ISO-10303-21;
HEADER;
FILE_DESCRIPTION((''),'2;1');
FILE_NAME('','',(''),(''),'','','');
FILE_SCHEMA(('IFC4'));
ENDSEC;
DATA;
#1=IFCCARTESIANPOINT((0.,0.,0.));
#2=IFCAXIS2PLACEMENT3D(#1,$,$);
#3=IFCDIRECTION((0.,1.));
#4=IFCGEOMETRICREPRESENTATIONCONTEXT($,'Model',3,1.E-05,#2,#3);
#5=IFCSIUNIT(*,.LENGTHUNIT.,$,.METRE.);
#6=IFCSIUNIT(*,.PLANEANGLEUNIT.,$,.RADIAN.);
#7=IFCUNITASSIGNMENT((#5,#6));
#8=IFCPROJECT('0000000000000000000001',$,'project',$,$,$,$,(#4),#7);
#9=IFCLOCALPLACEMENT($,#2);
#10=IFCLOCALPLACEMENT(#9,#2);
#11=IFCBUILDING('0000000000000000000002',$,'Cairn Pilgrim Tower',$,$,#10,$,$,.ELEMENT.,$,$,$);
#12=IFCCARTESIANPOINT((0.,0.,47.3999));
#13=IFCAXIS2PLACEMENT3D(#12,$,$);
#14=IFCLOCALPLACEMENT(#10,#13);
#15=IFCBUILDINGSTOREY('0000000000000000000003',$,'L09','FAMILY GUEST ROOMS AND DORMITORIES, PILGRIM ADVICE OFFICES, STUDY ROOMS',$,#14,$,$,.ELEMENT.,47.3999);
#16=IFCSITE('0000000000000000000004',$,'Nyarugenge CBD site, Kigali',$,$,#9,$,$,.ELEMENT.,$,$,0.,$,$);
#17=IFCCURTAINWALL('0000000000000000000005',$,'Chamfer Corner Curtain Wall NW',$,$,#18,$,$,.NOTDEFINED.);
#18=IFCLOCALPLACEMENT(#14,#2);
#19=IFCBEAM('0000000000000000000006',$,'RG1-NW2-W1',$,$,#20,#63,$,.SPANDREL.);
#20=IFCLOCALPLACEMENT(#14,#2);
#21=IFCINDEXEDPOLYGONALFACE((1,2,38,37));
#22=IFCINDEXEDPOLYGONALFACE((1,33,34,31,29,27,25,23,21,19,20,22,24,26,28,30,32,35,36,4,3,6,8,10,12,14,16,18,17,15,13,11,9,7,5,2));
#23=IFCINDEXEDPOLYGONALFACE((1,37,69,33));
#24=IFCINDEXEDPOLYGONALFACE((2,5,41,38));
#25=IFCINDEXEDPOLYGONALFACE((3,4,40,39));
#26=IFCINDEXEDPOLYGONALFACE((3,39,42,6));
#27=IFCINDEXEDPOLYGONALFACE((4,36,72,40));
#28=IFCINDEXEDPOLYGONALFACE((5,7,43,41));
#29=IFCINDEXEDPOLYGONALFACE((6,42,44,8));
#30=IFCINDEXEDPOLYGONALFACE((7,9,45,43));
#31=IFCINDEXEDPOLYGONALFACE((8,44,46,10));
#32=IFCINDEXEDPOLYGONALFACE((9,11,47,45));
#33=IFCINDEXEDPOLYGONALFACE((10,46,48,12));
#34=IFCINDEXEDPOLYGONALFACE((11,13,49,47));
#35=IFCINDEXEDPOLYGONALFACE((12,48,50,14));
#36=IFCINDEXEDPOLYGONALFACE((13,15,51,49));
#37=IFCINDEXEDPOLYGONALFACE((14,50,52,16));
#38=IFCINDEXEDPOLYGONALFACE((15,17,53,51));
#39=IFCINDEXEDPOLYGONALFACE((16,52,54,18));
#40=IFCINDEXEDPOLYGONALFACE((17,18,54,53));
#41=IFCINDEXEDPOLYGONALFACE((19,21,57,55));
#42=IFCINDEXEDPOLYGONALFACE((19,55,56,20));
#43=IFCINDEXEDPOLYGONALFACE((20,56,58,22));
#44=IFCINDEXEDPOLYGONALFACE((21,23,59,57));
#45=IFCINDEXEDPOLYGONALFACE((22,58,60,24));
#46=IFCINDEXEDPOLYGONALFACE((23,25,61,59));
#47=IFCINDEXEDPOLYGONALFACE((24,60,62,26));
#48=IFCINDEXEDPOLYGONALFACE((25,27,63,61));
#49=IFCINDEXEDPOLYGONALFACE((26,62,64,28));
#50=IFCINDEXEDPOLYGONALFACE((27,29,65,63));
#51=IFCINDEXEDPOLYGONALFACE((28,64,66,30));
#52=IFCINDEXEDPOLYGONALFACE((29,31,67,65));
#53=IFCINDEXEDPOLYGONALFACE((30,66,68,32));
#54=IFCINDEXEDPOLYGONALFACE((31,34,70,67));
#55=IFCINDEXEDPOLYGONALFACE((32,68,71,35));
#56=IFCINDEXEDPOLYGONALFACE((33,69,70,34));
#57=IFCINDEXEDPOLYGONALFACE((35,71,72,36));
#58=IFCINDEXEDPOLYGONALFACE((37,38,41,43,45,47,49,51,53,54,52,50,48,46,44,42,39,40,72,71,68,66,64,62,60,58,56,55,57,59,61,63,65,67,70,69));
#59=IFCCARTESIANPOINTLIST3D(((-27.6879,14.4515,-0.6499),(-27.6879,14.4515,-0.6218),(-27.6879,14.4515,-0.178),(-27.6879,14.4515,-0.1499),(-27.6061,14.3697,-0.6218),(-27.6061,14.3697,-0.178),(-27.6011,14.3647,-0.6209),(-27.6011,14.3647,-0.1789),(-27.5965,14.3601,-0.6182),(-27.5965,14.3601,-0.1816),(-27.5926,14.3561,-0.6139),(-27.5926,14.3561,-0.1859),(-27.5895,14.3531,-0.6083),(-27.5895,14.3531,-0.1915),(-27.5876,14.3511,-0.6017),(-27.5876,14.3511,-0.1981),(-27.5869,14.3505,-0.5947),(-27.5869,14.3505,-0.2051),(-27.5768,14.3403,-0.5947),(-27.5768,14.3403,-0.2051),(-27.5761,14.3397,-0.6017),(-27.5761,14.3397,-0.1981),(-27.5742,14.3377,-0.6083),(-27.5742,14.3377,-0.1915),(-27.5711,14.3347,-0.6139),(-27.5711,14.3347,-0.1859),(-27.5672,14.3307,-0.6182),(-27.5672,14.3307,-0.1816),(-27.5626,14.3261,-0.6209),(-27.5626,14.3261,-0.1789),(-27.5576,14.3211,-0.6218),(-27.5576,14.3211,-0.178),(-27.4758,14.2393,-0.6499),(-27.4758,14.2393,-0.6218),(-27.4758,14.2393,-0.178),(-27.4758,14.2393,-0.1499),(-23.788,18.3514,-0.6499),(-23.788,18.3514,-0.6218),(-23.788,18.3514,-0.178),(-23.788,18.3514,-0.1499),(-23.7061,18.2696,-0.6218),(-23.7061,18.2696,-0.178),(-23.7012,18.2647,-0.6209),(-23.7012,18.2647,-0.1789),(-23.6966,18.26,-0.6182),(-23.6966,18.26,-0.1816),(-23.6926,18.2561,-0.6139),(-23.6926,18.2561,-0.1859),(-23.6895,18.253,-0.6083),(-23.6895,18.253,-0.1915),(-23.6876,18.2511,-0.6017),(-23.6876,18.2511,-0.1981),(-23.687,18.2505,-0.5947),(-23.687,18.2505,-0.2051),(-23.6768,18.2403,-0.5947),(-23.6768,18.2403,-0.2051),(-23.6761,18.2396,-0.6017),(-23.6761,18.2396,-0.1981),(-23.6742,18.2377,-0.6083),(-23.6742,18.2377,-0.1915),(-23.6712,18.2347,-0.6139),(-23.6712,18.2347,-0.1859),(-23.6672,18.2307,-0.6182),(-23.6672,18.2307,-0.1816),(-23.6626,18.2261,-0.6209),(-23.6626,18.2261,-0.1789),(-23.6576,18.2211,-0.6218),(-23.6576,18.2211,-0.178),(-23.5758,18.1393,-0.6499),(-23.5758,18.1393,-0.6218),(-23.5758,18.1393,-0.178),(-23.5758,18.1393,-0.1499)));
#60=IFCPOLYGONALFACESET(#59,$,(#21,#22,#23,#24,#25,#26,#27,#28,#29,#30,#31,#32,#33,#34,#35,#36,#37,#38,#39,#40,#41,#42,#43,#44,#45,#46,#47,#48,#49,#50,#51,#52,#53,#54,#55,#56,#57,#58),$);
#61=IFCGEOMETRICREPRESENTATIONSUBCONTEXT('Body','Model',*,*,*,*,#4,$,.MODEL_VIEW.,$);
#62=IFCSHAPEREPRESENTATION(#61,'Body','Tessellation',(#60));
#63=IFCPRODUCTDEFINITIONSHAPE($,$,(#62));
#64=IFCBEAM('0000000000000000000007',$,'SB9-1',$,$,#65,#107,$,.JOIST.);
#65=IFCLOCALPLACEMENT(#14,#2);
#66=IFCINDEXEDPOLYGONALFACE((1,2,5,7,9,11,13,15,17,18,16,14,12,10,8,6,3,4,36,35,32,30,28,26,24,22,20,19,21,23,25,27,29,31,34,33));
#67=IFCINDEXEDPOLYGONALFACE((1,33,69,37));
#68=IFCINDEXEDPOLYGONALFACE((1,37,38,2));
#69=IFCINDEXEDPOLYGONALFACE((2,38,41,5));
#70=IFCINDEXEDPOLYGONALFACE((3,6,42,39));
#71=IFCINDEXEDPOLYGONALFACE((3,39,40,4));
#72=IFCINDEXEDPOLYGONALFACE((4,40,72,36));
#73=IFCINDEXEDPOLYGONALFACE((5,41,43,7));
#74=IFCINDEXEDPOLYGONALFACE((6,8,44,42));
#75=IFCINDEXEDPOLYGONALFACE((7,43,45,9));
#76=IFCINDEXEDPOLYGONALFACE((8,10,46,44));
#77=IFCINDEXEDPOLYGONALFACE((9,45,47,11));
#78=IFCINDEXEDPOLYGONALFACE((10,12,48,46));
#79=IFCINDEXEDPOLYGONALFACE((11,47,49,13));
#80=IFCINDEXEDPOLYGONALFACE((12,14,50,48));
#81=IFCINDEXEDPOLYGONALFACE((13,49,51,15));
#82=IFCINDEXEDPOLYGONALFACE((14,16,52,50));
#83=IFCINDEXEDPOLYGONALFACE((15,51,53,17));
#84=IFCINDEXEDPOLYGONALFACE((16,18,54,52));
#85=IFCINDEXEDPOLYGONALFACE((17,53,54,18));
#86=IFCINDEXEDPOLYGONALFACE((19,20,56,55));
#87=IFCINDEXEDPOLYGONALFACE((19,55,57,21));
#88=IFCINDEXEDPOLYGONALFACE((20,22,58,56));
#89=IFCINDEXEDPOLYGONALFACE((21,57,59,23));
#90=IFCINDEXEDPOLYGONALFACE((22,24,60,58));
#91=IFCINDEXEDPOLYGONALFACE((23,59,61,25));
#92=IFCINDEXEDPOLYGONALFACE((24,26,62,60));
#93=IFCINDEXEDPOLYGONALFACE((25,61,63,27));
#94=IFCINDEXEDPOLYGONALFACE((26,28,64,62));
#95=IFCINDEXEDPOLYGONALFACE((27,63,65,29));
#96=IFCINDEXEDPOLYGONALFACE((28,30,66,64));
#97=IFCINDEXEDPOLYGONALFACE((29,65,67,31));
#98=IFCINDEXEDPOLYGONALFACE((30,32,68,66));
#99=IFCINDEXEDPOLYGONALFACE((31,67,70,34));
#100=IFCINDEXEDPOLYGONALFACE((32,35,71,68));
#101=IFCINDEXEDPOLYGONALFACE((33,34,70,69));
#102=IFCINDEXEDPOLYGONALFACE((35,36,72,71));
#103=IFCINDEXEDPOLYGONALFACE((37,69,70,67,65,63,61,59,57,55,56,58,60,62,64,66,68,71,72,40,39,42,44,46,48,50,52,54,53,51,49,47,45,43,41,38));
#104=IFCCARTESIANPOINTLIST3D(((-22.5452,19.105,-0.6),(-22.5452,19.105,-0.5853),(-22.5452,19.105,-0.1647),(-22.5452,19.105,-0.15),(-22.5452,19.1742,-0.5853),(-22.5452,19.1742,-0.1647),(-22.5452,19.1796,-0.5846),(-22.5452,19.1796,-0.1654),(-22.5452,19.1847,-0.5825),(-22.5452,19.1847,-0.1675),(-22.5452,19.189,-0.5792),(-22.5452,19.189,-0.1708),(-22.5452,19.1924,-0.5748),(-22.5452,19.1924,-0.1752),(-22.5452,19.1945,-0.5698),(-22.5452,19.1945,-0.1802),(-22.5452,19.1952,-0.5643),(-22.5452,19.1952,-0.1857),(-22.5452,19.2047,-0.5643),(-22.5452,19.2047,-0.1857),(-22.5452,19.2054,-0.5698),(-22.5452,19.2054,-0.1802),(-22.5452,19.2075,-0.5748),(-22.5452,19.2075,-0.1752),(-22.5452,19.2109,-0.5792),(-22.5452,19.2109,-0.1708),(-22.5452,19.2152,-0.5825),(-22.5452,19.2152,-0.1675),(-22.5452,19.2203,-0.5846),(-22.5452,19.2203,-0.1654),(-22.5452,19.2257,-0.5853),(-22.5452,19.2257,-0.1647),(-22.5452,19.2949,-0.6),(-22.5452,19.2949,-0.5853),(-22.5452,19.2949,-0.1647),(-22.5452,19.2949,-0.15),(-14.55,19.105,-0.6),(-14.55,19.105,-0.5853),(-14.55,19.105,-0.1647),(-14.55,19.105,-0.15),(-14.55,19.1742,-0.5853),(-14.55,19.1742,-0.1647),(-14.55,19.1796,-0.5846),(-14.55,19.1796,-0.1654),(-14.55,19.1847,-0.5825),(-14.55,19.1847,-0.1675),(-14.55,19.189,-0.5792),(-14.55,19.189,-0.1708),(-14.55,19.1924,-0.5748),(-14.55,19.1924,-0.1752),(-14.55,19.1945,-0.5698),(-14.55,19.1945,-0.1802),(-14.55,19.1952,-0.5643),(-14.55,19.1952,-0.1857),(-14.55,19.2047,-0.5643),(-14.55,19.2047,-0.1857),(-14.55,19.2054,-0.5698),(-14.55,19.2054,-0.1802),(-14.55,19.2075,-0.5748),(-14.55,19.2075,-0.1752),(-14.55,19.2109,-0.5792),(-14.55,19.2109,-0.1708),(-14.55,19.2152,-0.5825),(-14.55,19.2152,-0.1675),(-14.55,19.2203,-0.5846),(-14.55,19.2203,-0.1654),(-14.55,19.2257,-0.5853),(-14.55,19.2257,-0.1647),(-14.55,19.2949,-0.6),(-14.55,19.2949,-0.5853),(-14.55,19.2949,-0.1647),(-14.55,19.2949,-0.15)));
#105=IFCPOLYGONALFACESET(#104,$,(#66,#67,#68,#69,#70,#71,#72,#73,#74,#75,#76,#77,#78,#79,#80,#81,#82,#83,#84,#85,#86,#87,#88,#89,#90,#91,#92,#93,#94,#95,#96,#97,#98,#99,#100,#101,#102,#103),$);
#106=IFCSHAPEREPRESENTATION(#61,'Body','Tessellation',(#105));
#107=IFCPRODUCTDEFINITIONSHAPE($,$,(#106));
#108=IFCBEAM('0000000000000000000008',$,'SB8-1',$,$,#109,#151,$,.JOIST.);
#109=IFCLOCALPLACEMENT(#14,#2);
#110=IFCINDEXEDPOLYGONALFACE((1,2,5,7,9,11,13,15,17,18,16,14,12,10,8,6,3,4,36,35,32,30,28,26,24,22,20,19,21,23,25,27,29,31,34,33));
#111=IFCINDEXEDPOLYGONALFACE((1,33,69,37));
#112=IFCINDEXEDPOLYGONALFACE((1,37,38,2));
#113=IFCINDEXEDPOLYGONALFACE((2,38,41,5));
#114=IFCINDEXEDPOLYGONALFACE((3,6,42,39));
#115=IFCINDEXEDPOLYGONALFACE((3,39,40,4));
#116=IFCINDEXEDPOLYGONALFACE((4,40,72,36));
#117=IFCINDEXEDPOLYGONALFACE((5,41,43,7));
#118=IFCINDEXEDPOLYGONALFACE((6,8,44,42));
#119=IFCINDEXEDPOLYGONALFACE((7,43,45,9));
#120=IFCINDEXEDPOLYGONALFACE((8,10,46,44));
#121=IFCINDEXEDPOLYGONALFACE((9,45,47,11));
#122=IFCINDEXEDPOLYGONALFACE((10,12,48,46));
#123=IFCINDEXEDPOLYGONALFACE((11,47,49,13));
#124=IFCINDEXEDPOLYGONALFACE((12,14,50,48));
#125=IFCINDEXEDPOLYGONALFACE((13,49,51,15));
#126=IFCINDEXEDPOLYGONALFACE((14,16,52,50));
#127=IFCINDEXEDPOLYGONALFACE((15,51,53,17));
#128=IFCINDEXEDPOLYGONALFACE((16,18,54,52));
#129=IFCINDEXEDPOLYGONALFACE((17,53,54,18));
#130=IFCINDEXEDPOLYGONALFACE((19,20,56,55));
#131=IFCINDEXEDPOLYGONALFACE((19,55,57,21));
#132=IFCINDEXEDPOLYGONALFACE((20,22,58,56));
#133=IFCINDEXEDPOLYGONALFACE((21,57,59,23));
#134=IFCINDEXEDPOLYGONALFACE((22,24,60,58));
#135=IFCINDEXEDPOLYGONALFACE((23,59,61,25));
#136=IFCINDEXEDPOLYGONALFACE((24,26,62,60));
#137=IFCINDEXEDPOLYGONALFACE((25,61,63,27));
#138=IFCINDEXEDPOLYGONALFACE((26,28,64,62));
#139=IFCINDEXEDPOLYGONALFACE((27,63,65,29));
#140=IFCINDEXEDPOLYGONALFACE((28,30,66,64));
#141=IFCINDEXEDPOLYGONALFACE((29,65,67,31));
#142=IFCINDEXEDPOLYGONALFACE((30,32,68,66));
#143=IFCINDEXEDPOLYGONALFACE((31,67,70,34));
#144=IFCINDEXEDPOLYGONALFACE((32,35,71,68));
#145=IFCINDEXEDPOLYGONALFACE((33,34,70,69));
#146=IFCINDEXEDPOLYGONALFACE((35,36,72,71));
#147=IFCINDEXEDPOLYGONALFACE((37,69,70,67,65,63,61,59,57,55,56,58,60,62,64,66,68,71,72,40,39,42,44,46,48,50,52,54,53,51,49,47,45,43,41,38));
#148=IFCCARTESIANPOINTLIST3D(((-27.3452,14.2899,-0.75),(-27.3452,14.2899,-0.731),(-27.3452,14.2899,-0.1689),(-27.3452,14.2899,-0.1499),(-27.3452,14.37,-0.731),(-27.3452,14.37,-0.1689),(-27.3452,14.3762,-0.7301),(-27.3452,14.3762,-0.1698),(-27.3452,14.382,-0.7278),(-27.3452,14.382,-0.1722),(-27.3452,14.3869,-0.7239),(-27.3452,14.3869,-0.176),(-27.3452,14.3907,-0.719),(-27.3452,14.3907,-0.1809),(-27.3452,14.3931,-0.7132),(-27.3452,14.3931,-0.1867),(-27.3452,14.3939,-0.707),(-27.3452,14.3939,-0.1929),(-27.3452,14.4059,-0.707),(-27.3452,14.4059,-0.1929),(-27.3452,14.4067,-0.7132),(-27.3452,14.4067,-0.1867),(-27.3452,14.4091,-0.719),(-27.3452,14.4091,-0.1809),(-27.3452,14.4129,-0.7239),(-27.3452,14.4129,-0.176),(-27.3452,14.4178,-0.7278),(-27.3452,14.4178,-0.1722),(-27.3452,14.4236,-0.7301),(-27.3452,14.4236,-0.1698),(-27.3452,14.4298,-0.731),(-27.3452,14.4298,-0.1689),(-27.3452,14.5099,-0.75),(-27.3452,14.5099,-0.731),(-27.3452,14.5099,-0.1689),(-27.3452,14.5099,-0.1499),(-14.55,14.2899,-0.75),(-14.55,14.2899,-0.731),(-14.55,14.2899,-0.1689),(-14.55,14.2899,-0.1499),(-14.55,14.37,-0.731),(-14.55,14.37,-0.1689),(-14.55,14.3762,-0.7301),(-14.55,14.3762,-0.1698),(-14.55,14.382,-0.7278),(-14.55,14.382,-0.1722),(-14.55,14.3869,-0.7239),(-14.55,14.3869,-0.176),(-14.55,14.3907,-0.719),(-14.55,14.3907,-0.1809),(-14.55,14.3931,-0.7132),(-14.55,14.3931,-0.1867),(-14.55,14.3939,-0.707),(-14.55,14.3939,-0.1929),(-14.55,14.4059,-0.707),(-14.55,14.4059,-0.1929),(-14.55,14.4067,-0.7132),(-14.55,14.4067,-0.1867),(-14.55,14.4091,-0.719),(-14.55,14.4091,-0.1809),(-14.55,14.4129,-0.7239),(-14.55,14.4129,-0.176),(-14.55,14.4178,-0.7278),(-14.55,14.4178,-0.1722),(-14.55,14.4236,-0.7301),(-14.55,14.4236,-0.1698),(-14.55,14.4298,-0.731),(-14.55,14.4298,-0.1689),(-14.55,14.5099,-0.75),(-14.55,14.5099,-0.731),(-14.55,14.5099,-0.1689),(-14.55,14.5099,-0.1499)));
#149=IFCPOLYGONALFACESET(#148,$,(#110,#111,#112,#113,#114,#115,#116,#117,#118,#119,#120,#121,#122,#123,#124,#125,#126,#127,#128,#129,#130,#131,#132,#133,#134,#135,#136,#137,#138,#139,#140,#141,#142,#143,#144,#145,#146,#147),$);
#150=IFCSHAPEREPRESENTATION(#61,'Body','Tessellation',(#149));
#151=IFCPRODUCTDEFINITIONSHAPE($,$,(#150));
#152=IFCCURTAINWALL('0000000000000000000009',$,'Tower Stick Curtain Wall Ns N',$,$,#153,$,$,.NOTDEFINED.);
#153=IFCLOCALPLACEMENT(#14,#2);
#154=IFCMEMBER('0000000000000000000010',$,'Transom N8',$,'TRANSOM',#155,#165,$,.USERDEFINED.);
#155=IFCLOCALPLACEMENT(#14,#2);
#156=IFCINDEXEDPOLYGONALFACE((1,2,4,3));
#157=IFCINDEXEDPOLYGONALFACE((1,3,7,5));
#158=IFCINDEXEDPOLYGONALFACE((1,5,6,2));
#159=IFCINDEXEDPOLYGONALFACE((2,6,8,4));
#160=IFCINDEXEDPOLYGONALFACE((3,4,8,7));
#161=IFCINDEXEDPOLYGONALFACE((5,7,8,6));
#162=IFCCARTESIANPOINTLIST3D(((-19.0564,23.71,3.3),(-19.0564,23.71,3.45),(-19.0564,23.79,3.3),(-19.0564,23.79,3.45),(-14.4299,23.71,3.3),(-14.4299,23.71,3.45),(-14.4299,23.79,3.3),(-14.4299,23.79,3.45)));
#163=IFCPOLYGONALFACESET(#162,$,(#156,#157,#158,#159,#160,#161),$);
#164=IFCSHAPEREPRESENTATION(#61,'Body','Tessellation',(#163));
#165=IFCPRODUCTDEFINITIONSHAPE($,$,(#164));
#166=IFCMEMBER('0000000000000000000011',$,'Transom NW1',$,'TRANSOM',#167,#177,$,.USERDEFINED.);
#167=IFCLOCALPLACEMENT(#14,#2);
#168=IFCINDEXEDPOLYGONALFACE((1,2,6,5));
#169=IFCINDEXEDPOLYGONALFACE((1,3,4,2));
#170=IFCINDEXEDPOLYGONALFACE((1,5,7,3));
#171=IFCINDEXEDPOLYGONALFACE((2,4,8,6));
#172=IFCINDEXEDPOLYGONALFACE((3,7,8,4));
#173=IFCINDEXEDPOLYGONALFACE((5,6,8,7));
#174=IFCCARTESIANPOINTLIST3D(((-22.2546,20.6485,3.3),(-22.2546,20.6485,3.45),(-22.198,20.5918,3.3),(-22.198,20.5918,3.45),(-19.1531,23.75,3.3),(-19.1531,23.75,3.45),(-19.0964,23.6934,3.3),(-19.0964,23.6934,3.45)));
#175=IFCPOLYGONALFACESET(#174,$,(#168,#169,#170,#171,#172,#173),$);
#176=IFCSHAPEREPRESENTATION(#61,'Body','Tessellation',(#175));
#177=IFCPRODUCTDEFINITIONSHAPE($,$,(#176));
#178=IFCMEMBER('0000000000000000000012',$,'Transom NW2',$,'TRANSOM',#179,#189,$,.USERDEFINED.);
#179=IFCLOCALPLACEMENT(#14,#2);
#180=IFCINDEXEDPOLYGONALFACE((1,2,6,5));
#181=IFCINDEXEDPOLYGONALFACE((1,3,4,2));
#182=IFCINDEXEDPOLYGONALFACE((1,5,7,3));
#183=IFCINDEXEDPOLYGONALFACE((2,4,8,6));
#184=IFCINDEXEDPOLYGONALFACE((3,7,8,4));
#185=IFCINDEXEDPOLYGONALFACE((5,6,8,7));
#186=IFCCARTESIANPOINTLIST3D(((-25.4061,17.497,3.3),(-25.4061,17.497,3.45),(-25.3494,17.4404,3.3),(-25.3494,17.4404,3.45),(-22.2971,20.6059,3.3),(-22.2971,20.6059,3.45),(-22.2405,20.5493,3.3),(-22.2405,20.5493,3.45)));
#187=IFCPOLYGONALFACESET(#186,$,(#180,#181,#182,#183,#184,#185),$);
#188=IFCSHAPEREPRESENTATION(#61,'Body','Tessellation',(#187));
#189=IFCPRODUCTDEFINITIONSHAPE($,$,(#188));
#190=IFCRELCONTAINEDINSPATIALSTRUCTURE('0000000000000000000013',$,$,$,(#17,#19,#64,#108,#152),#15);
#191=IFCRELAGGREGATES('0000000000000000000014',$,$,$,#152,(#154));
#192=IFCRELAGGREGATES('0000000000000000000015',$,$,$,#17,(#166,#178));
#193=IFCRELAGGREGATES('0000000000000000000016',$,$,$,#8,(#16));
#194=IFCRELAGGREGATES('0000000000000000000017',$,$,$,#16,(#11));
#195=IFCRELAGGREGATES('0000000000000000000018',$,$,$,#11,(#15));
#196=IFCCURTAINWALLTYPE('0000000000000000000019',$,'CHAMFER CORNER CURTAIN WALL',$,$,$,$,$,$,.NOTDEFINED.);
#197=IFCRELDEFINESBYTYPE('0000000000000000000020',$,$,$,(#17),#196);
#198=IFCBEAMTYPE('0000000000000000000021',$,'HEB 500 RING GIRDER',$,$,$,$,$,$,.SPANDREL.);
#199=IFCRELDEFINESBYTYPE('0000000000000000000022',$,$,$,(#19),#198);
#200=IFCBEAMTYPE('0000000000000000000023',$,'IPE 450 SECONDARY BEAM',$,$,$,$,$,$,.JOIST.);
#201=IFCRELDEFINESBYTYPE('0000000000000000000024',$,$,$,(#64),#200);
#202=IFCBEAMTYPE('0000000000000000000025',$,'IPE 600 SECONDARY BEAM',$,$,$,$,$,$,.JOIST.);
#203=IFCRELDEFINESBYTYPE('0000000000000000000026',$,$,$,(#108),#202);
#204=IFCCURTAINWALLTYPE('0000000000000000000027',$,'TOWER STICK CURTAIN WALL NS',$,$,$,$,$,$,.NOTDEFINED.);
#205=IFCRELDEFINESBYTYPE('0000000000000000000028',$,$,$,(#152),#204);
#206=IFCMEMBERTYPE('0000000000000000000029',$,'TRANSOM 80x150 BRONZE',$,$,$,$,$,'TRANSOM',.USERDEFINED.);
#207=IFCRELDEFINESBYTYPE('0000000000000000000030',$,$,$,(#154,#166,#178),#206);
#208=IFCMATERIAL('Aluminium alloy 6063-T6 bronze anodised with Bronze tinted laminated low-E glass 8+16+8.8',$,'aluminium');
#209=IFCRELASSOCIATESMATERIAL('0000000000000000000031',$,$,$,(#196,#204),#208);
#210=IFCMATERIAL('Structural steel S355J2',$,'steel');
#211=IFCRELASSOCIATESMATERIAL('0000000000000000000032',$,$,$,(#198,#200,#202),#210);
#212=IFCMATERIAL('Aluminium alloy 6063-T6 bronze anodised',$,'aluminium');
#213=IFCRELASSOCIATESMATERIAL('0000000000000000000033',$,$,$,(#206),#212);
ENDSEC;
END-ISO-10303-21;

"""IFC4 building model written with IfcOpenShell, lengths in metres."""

from ifc_helpers import new_model, si_unit, direction, frame, origin, origin_2d, place, context, subcontext, project, spatial, rectangle, i_section, extrude, material, material_profile, profile_set, type_object, element, aggregate, save


model = new_model("IFC4")

# Units and contexts
model_context = context("Model", 3, precision=1e-05, world=origin(), true_north=direction((0.0, 1.0)))
body_context = subcontext(model_context, "Body", "Model", "MODEL_VIEW")
ifc_project = project(units=[si_unit("LENGTHUNIT", "METRE"), si_unit("PLANEANGLEUNIT", "RADIAN")], contexts=[model_context])

# Site, building, storey
site_placement = place(None, origin())
site = spatial("IfcSite", under=ifc_project, at=site_placement, Name="Nyarugenge CBD site, Kigali", CompositionType="ELEMENT", RefElevation=0.0)
building_placement = place(site_placement, origin())
building = spatial("IfcBuilding", under=site, at=building_placement, Name="Cairn Pilgrim Tower", CompositionType="ELEMENT")
storey_placement = place(building_placement, frame((0.0, 0.0, 47.3999)))
storey = spatial("IfcBuildingStorey", under=building, at=storey_placement, Name="L09", Description="FAMILY GUEST ROOMS AND DORMITORIES, PILGRIM ADVICE OFFICES, STUDY ROOMS", CompositionType="ELEMENT", Elevation=47.3999)

# Shared definitions
ifc_material_1 = material(Name="Structural steel S355J2", Category="steel")

# Curtain wall
ifc_material_2 = material(Name="Aluminium alloy 6063-T6 bronze anodised with Bronze tinted laminated low-E glass 8+16+8.8", Category="aluminium")
curtain_wall_type_1 = type_object("IfcCurtainWallType", Name="CHAMFER CORNER CURTAIN WALL", PredefinedType="NOTDEFINED", material=ifc_material_2)
curtain_wall_1_placement = place(storey_placement, origin())
curtain_wall_1 = element("IfcCurtainWall", 1, at=curtain_wall_1_placement, inside=storey, type_object=curtain_wall_type_1, Name="Chamfer Corner Curtain Wall NW", PredefinedType="NOTDEFINED")
ifc_material_3 = material(Name="Aluminium alloy 6063-T6 bronze anodised", Category="aluminium")

# Beams
ifc_material_profile_1 = material_profile(ifc_material_1, i_section(OverallWidth=0.3, OverallDepth=0.5, WebThickness=0.0144, FlangeThickness=0.0281, FilletRadius=0.0271, at=origin_2d()), Name="HEB 500")
ifc_profile_set_1 = profile_set([ifc_material_profile_1], Name="Structural steel S355J2")
beam_type_1 = type_object("IfcBeamType", Name="HEB 500 RING GIRDER", PredefinedType="SPANDREL", material=ifc_profile_set_1)
beam_1_placement = place(storey_placement, frame((-23.6819, 18.2454, -0.3999), z_axis=(-0.707107, -0.707107, 0.0), x_axis=(0.707107, -0.707107, 0.0)))
element("IfcBeam", 2, at=beam_1_placement, inside=storey, type_object=beam_type_1, Name="RG1-NW2-W1", PredefinedType="SPANDREL", context=body_context, shape_type="SweptSolid", body=[
    extrude(i_section(OverallWidth=0.3, OverallDepth=0.5, WebThickness=0.0144, FlangeThickness=0.0281, FilletRadius=0.0271, at=origin_2d()), origin(), (0.0, 0.0, 1.0), 5.5154),
])
ifc_material_profile_2 = material_profile(ifc_material_1, i_section(OverallWidth=0.1899, OverallDepth=0.45, WebThickness=0.0095, FlangeThickness=0.0146, FilletRadius=0.021, at=origin_2d()), Name="IPE 450")
ifc_profile_set_2 = profile_set([ifc_material_profile_2], Name="Structural steel S355J2")
beam_type_2 = type_object("IfcBeamType", Name="IPE 450 SECONDARY BEAM", PredefinedType="JOIST", material=ifc_profile_set_2)
beam_2_placement = place(storey_placement, frame((-22.5452, 19.2, -0.375), z_axis=(1.0, 0.0, 0.0), x_axis=(0.0, 1.0, 0.0)))
element("IfcBeam", 3, at=beam_2_placement, inside=storey, type_object=beam_type_2, Name="SB9-1", PredefinedType="JOIST", context=body_context, shape_type="SweptSolid", body=[
    extrude(i_section(OverallWidth=0.1899, OverallDepth=0.45, WebThickness=0.0095, FlangeThickness=0.0146, FilletRadius=0.021, at=origin_2d()), origin(), (0.0, 0.0, 1.0), 7.9951),
])
ifc_material_profile_3 = material_profile(ifc_material_1, i_section(OverallWidth=0.22, OverallDepth=0.6001, WebThickness=0.012, FlangeThickness=0.019, FilletRadius=0.0239, at=origin_2d()), Name="IPE 600")
ifc_profile_set_3 = profile_set([ifc_material_profile_3], Name="Structural steel S355J2")
beam_type_3 = type_object("IfcBeamType", Name="IPE 600 SECONDARY BEAM", PredefinedType="JOIST", material=ifc_profile_set_3)
beam_3_placement = place(storey_placement, frame((-27.3452, 14.3999, -0.45), z_axis=(1.0, 0.0, 0.0), x_axis=(0.0, 1.0, 0.0)))
element("IfcBeam", 4, at=beam_3_placement, inside=storey, type_object=beam_type_3, Name="SB8-1", PredefinedType="JOIST", context=body_context, shape_type="SweptSolid", body=[
    extrude(i_section(OverallWidth=0.22, OverallDepth=0.6001, WebThickness=0.012, FlangeThickness=0.019, FilletRadius=0.0239, at=origin_2d()), origin(), (0.0, 0.0, 1.0), 12.7952),
])

# Curtain wall, member
curtain_wall_type_2 = type_object("IfcCurtainWallType", Name="TOWER STICK CURTAIN WALL NS", PredefinedType="NOTDEFINED", material=ifc_material_2)
curtain_wall_2_placement = place(storey_placement, origin())
curtain_wall_2 = element("IfcCurtainWall", 5, at=curtain_wall_2_placement, inside=storey, type_object=curtain_wall_type_2, Name="Tower Stick Curtain Wall Ns N", PredefinedType="NOTDEFINED")
ifc_material_profile_4 = material_profile(ifc_material_3, rectangle(XDim=0.0801, YDim=0.1499, at=origin_2d()), Name="TRANSOM 80x150 BRONZE")
ifc_profile_set_4 = profile_set([ifc_material_profile_4], Name="Aluminium alloy 6063-T6 bronze anodised")
member_type_1 = type_object("IfcMemberType", Name="TRANSOM 80x150 BRONZE", ElementType="TRANSOM", PredefinedType="USERDEFINED", material=ifc_profile_set_4)
member_1_placement = place(storey_placement, frame((-14.4299, 23.75, 3.375), z_axis=(-1.0, 0.0, 0.0), x_axis=(0.0, -1.0, 0.0)))
member_1 = element("IfcMember", 6, at=member_1_placement, type_object=member_type_1, Name="Transom N8", ObjectType="TRANSOM", PredefinedType="USERDEFINED", context=body_context, shape_type="SweptSolid", body=[
    extrude(rectangle(XDim=0.0801, YDim=0.1499, at=origin_2d()), origin(), (0.0, 0.0, 1.0), 4.6265),
])

# Members
member_2_placement = place(storey_placement, frame((-19.1248, 23.7217, 3.375), z_axis=(-0.707107, -0.707107, 0.0), x_axis=(0.707107, -0.707107, 0.0)))
member_2 = element("IfcMember", 7, at=member_2_placement, type_object=member_type_1, Name="Transom NW1", ObjectType="TRANSOM", PredefinedType="USERDEFINED", context=body_context, shape_type="SweptSolid", body=[
    extrude(rectangle(XDim=0.0801, YDim=0.1499, at=origin_2d()), origin(), (0.0, 0.0, 1.0), 4.3862),
])
member_3_placement = place(storey_placement, frame((-22.2688, 20.5776, 3.375), z_axis=(-0.707107, -0.707107, 0.0), x_axis=(0.707107, -0.707107, 0.0)))
member_3 = element("IfcMember", 8, at=member_3_placement, type_object=member_type_1, Name="Transom NW2", ObjectType="TRANSOM", PredefinedType="USERDEFINED", context=body_context, shape_type="SweptSolid", body=[
    extrude(rectangle(XDim=0.0801, YDim=0.1499, at=origin_2d()), origin(), (0.0, 0.0, 1.0), 4.3967),
])

aggregate(curtain_wall_2, [member_1])
aggregate(curtain_wall_1, [member_2, member_3])

save(model, "model.ifc")
